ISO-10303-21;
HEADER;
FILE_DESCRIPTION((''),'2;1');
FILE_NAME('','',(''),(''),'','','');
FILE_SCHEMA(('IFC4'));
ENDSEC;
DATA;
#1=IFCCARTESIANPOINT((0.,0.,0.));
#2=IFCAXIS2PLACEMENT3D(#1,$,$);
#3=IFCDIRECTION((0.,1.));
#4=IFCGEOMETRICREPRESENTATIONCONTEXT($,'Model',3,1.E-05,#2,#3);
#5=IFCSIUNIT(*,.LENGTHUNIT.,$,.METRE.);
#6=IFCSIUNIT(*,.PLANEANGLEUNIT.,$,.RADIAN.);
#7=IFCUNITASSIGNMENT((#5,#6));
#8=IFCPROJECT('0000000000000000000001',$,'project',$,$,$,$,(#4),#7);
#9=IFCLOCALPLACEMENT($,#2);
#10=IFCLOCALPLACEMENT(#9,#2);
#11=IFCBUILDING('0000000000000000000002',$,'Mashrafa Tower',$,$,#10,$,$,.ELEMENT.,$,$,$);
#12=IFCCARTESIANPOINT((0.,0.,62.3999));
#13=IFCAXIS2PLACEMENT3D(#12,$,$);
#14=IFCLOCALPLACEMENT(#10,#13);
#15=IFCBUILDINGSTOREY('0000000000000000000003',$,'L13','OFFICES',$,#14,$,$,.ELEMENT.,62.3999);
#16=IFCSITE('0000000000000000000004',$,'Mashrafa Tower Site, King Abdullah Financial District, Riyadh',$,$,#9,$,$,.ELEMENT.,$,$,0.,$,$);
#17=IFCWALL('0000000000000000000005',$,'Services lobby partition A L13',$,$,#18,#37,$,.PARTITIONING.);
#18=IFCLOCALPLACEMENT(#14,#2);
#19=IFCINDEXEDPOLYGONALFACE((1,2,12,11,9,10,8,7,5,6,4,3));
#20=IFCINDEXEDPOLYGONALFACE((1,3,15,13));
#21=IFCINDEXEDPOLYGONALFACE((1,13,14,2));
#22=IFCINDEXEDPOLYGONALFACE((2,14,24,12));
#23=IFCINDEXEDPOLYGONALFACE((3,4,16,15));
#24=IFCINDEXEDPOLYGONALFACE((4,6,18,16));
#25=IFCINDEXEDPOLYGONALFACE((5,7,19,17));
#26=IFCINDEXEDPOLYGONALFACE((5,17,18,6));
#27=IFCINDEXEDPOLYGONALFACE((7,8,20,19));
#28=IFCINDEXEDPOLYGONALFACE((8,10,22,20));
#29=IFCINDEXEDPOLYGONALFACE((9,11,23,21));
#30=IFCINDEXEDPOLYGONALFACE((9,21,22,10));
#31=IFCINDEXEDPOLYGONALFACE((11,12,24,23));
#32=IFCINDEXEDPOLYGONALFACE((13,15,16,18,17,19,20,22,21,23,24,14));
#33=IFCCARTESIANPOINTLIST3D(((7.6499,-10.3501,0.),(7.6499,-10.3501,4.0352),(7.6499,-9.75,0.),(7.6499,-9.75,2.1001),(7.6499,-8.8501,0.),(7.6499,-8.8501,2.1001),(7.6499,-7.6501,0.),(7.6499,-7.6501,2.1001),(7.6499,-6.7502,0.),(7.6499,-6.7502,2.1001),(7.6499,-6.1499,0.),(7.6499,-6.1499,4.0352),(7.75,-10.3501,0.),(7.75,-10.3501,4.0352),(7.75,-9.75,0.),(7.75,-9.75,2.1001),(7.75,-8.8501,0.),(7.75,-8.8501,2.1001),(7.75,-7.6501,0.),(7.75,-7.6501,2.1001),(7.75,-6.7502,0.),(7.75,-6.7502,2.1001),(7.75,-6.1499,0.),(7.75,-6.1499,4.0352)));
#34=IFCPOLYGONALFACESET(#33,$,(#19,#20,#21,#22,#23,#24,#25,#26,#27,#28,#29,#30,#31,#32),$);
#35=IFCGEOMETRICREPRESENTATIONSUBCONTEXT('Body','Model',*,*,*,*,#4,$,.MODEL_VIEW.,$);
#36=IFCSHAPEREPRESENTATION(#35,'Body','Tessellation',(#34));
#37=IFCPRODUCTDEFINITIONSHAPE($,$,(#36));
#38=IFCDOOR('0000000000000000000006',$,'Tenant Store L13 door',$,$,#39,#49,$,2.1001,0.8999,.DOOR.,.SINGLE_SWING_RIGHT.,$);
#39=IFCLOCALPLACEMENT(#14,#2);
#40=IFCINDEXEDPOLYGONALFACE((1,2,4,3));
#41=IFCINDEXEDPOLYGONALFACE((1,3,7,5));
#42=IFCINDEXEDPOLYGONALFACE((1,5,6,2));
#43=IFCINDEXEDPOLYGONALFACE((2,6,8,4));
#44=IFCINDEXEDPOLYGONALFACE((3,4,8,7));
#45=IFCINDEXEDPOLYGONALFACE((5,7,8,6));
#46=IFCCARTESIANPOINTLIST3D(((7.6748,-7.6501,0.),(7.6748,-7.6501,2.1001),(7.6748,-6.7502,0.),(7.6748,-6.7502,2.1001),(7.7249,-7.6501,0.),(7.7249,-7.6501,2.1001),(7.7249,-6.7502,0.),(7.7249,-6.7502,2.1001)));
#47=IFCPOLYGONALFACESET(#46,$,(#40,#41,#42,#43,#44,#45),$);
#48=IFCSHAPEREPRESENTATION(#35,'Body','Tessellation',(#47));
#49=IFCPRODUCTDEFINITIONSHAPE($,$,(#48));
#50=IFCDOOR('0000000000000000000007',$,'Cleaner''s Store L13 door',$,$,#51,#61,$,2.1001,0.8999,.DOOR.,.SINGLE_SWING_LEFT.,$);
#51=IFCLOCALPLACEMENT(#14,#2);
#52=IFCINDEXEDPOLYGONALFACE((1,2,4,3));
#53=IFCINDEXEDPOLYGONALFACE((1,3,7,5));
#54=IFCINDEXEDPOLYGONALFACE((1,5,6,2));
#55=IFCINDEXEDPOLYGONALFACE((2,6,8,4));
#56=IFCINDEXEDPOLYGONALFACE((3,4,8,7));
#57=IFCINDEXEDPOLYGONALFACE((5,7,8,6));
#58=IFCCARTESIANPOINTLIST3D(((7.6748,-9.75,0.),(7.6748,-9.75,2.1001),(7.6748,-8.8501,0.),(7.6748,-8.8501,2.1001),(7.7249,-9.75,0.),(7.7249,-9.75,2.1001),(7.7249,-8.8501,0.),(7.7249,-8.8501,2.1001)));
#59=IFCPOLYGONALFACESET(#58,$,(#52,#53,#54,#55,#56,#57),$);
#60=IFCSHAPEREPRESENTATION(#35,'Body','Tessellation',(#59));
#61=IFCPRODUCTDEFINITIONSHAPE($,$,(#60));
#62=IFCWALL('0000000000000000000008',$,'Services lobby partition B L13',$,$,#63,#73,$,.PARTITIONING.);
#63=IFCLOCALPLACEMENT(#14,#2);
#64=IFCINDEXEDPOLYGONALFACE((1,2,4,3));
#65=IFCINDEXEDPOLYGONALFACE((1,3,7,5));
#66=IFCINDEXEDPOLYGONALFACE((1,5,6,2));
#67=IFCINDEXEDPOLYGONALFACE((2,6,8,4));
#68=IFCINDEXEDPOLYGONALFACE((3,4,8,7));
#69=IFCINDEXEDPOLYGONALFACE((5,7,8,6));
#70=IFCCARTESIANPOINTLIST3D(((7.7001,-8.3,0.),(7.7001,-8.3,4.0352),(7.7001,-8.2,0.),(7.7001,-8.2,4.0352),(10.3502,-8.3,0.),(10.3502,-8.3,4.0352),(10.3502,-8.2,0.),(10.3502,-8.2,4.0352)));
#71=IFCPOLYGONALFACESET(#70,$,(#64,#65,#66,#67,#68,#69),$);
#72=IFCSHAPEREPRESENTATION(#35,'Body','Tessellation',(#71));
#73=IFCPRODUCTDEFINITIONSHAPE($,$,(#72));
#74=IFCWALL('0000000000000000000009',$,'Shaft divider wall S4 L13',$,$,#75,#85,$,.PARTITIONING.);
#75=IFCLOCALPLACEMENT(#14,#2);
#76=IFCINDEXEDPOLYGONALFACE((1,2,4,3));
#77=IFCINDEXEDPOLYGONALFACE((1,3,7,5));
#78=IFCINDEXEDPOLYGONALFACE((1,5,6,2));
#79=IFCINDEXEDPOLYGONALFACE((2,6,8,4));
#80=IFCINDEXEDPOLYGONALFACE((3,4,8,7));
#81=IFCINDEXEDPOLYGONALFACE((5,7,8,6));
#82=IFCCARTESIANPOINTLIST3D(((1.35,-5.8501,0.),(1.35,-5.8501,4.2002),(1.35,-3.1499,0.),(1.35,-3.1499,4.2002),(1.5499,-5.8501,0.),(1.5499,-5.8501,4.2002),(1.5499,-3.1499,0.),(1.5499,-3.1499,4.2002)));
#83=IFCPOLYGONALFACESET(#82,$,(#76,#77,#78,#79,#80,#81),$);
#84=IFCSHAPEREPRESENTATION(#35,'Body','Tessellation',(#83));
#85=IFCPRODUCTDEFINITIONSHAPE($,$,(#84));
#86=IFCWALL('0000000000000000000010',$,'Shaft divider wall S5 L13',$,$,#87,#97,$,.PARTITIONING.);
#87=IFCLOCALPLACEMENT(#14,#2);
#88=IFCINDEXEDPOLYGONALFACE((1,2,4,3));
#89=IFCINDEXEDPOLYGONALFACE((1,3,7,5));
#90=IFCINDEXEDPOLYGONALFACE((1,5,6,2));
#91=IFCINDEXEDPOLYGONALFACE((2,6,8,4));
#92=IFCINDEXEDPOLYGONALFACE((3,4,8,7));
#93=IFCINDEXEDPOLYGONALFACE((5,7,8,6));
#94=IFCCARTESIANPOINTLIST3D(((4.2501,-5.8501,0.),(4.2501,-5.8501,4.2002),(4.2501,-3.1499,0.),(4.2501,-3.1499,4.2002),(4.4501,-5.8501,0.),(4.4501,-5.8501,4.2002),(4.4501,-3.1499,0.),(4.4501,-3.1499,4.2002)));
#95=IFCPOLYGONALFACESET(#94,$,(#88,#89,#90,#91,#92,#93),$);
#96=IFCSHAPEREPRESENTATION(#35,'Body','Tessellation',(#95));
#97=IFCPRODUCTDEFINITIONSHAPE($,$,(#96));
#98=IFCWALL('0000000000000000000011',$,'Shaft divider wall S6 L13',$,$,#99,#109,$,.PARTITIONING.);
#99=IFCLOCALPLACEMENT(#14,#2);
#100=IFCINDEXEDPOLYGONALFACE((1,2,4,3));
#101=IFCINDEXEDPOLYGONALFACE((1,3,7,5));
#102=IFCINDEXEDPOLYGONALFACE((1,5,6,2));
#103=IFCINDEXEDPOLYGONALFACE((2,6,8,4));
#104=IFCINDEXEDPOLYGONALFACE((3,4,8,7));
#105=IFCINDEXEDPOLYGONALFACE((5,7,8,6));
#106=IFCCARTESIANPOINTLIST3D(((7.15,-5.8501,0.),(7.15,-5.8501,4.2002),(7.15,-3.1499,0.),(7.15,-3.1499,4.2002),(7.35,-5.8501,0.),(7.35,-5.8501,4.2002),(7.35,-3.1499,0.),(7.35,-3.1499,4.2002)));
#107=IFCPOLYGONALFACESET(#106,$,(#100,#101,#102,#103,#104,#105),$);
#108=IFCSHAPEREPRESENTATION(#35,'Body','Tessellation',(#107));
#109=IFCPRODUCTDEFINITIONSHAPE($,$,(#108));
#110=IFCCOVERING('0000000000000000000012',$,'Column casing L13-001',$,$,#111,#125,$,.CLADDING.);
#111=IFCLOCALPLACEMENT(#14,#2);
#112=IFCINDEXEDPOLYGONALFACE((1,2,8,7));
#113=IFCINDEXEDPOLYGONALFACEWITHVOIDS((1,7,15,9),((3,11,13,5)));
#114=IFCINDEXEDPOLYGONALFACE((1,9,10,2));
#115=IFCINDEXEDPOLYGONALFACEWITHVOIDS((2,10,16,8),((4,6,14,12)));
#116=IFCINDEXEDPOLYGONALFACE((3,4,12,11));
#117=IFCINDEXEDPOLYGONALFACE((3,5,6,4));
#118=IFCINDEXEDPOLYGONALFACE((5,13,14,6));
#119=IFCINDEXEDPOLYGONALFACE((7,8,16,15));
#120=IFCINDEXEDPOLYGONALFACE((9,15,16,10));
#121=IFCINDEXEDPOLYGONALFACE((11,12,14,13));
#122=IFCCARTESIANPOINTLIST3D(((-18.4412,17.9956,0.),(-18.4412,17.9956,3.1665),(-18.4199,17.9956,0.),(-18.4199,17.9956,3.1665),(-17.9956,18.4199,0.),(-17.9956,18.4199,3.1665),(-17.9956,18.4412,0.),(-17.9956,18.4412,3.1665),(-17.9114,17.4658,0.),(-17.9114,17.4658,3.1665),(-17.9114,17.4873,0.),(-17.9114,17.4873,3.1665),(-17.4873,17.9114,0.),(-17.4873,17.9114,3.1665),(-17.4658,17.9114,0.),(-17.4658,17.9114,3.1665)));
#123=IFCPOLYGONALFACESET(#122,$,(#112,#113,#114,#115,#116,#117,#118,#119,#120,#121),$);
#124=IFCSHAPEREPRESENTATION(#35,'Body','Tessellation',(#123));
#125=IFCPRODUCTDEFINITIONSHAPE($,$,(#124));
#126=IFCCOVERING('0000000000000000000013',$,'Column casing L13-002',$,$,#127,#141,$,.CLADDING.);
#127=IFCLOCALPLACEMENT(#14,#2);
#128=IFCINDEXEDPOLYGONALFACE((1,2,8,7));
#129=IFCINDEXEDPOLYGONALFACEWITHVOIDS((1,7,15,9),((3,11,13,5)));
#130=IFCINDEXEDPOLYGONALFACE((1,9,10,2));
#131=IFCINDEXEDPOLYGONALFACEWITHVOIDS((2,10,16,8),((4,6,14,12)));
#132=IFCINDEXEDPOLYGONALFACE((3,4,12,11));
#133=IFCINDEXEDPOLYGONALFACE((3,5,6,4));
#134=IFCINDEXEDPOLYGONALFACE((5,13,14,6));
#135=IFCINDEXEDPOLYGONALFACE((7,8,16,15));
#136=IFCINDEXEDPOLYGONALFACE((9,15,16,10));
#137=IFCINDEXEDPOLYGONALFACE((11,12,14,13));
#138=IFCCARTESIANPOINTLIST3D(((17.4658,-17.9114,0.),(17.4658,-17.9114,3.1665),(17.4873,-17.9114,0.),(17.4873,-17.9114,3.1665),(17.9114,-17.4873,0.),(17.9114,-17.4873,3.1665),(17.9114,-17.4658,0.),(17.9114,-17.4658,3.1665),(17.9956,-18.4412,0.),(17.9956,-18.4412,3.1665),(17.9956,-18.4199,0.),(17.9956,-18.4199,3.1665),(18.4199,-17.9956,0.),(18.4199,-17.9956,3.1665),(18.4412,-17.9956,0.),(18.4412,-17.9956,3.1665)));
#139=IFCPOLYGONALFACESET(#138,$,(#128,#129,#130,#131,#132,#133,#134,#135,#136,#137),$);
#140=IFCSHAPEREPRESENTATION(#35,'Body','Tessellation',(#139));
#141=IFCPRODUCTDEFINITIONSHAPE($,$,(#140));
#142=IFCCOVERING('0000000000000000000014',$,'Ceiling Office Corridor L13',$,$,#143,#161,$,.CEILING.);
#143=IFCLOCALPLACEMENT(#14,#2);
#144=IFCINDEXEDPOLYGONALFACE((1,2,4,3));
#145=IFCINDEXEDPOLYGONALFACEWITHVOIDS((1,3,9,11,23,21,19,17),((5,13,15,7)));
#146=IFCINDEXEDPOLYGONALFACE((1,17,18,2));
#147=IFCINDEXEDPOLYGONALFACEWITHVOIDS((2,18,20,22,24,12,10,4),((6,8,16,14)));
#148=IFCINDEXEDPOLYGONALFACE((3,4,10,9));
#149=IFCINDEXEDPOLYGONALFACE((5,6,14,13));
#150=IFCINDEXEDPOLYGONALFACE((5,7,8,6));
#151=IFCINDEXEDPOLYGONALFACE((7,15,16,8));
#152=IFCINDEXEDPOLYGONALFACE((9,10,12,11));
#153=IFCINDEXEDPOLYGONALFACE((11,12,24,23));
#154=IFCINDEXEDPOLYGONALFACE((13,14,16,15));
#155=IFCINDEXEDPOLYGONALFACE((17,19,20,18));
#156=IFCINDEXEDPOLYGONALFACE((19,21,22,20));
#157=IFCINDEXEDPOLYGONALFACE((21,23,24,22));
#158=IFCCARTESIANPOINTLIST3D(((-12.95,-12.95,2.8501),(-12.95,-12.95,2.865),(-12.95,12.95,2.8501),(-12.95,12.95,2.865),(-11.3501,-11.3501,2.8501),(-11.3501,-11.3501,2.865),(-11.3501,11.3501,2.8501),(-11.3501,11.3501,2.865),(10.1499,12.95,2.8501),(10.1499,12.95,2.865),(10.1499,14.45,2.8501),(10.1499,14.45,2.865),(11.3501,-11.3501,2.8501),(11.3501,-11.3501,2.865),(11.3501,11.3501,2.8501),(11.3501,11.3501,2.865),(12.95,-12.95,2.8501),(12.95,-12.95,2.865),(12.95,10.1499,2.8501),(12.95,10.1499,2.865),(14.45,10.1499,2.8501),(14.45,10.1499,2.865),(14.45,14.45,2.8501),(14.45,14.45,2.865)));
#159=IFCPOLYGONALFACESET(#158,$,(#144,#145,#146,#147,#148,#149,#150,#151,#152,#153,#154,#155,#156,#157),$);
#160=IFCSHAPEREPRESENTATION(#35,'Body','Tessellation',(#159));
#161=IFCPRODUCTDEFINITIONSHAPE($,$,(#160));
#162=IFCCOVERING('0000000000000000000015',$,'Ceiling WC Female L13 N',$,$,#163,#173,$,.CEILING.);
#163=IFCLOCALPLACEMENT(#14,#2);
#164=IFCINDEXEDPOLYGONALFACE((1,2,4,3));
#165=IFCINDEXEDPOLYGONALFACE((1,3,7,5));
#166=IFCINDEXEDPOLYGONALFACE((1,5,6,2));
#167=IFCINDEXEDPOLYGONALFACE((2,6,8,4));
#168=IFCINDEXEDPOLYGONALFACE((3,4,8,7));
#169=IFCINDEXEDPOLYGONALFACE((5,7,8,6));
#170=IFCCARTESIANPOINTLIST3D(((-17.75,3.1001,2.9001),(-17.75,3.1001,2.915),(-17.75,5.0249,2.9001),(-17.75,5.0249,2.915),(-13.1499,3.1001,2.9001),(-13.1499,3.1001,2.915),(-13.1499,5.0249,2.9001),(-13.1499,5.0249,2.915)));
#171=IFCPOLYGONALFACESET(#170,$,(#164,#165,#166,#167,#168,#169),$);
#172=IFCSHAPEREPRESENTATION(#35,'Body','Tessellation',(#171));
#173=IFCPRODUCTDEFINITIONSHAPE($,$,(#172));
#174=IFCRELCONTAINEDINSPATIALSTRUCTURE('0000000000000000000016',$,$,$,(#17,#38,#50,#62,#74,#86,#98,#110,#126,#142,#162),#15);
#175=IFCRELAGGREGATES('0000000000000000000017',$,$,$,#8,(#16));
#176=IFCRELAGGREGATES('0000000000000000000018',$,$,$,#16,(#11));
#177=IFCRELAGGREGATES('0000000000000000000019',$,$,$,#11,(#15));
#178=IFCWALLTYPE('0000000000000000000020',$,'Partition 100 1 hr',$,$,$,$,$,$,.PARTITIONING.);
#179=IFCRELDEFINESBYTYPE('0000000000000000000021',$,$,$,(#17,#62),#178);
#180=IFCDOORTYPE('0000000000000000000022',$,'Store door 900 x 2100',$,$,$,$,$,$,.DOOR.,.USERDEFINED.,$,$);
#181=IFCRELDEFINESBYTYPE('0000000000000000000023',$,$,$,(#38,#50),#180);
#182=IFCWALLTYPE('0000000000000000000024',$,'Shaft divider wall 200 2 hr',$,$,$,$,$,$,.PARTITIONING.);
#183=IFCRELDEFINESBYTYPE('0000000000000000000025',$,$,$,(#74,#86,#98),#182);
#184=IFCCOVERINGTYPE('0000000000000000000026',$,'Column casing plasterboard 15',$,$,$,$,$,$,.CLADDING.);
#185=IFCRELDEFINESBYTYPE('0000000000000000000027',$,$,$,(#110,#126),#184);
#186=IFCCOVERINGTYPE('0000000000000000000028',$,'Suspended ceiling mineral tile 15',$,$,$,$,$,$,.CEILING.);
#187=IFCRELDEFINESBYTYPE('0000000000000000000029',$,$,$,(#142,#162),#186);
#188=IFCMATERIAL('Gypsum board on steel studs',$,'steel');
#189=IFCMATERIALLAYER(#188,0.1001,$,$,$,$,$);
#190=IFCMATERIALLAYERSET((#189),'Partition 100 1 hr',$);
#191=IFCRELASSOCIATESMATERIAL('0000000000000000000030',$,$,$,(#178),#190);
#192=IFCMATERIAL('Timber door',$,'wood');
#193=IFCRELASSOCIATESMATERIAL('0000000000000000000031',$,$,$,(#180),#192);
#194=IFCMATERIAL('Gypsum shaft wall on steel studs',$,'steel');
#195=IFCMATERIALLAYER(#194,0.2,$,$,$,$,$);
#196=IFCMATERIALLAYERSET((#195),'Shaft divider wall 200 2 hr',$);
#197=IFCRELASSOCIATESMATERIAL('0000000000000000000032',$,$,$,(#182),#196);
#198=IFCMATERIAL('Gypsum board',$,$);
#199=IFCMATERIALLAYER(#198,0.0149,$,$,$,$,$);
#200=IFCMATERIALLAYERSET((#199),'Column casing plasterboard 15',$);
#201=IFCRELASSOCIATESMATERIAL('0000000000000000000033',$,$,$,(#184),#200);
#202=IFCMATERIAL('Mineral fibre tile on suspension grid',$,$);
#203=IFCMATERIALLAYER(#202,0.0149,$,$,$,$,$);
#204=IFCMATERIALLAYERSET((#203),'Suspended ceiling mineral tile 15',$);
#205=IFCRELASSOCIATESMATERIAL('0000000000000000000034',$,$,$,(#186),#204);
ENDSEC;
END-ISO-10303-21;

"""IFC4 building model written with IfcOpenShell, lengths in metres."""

from ifc_helpers import new_model, si_unit, direction, frame, frame_2d, origin, place, context, subcontext, project, spatial, polyline, rectangle, outline, extrude, material, layer, layer_set, type_object, element, fill, save


model = new_model("IFC4")

# Units and contexts
model_context = context("Model", 3, precision=1e-05, world=origin(), true_north=direction((0.0, 1.0)))
body_context = subcontext(model_context, "Body", "Model", "MODEL_VIEW")
ifc_project = project(units=[si_unit("LENGTHUNIT", "METRE"), si_unit("PLANEANGLEUNIT", "RADIAN")], contexts=[model_context])

# Site, building, storey
site_placement = place(None, origin())
site = spatial("IfcSite", under=ifc_project, at=site_placement, Name="Mashrafa Tower Site, King Abdullah Financial District, Riyadh", CompositionType="ELEMENT", RefElevation=0.0)
building_placement = place(site_placement, origin())
building = spatial("IfcBuilding", under=site, at=building_placement, Name="Mashrafa Tower", CompositionType="ELEMENT")
storey_placement = place(building_placement, frame((0.0, 0.0, 62.3999)))
storey = spatial("IfcBuildingStorey", under=building, at=storey_placement, Name="L13", Description="OFFICES", CompositionType="ELEMENT", Elevation=62.3999)

# Wall, openings, doors
ifc_material_1 = material(Name="Gypsum board on steel studs", Category="steel")
ifc_layer_1 = layer(ifc_material_1, 0.1001)
ifc_layer_set_1 = layer_set([ifc_layer_1], Name="Partition 100 1 hr")
wall_type_1 = type_object("IfcWallType", Name="Partition 100 1 hr", PredefinedType="PARTITIONING", material=ifc_layer_set_1)
wall_1_placement = place(storey_placement, frame((7.7, -10.3501, 0.0), z_axis=(0.0, 0.0, 1.0), x_axis=(0.0, 1.0, 0.0)))
wall_1 = element("IfcWall", 1, at=wall_1_placement, inside=storey, type_object=wall_type_1, Name="Services lobby partition A L13", PredefinedType="PARTITIONING", context=body_context, shape_type="SweptSolid", body=[
    extrude(rectangle(XDim=4.2002, YDim=0.1001, at=frame_2d((2.1001, 0.0))), origin(), (0.0, 0.0, 1.0), 4.0352),
])
opening_1_placement = place(wall_1_placement, frame((2.7, 0.0, 0.0)))
opening_1 = element("IfcOpeningElement", 2, at=opening_1_placement, cuts=wall_1, PredefinedType="OPENING", context=body_context, shape_type="SweptSolid", body=[
    extrude(rectangle(XDim=0.8999, YDim=2.1001, at=frame_2d((0.45, 1.05))), frame((0.0, 0.0601, 0.0), z_axis=(0.0, -1.0, 0.0), x_axis=(1.0, 0.0, 0.0)), (0.0, 0.0, 1.0), 0.1201),
])
opening_2_placement = place(wall_1_placement, frame((0.6001, 0.0, 0.0)))
opening_2 = element("IfcOpeningElement", 3, at=opening_2_placement, cuts=wall_1, PredefinedType="OPENING", context=body_context, shape_type="SweptSolid", body=[
    extrude(rectangle(XDim=0.8999, YDim=2.1001, at=frame_2d((0.45, 1.05))), frame((0.0, 0.0601, 0.0), z_axis=(0.0, -1.0, 0.0), x_axis=(1.0, 0.0, 0.0)), (0.0, 0.0, 1.0), 0.1201),
])
ifc_material_2 = material(Name="Timber door", Category="wood")
door_type_1 = type_object("IfcDoorType", Name="Store door 900 x 2100", OperationType="USERDEFINED", PredefinedType="DOOR", material=ifc_material_2)
door_1_placement = place(opening_1_placement, frame((0.8999, 0.0, 0.0), z_axis=(0.0, 0.0, 1.0), x_axis=(-1.0, 0.0, 0.0)))
door_1 = element("IfcDoor", 4, at=door_1_placement, inside=storey, type_object=door_type_1, Name="Tenant Store L13 door", OperationType="SINGLE_SWING_RIGHT", OverallHeight=2.1001, OverallWidth=0.8999, PredefinedType="DOOR", context=body_context, shape_type="SweptSolid", body=[
    extrude(rectangle(XDim=0.8999, YDim=2.1001, at=frame_2d((0.45, 1.05))), frame((0.0, 0.0249, 0.0), z_axis=(0.0, -1.0, 0.0), x_axis=(1.0, 0.0, 0.0)), (0.0, 0.0, 1.0), 0.05),
])
fill(opening_1, door_1)
door_2_placement = place(opening_2_placement, frame((0.8999, 0.0, 0.0), z_axis=(0.0, 0.0, 1.0), x_axis=(-1.0, 0.0, 0.0)))
door_2 = element("IfcDoor", 5, at=door_2_placement, inside=storey, type_object=door_type_1, Name="Cleaner's Store L13 door", OperationType="SINGLE_SWING_LEFT", OverallHeight=2.1001, OverallWidth=0.8999, PredefinedType="DOOR", context=body_context, shape_type="SweptSolid", body=[
    extrude(rectangle(XDim=0.8999, YDim=2.1001, at=frame_2d((0.45, 1.05))), frame((0.0, 0.0249, 0.0), z_axis=(0.0, -1.0, 0.0), x_axis=(1.0, 0.0, 0.0)), (0.0, 0.0, 1.0), 0.05),
])
fill(opening_2, door_2)

# Walls
wall_2_placement = place(storey_placement, frame((7.7, -8.25, 0.0), z_axis=(0.0, 0.0, 1.0), x_axis=(1.0, 0.0, 0.0)))
element("IfcWall", 6, at=wall_2_placement, inside=storey, type_object=wall_type_1, Name="Services lobby partition B L13", PredefinedType="PARTITIONING", context=body_context, shape_type="SweptSolid", body=[
    extrude(rectangle(XDim=2.6501, YDim=0.1001, at=frame_2d((1.3252, 0.0))), origin(), (0.0, 0.0, 1.0), 4.0352),
])
ifc_material_3 = material(Name="Gypsum shaft wall on steel studs", Category="steel")
ifc_layer_2 = layer(ifc_material_3, 0.2)
ifc_layer_set_2 = layer_set([ifc_layer_2], Name="Shaft divider wall 200 2 hr")
wall_type_2 = type_object("IfcWallType", Name="Shaft divider wall 200 2 hr", PredefinedType="PARTITIONING", material=ifc_layer_set_2)
for number, where, z_axis, x_axis, name in (
    (7, (1.45, -5.8501, 0.0), (0.0, 0.0, 1.0), (0.0, 1.0, 0.0), "Shaft divider wall S4 L13"),
    (8, (4.3501, -5.8501, 0.0), (0.0, 0.0, 1.0), (0.0, 1.0, 0.0), "Shaft divider wall S5 L13"),
    (9, (7.25, -5.8501, 0.0), (0.0, 0.0, 1.0), (0.0, 1.0, 0.0), "Shaft divider wall S6 L13"),
):
    element("IfcWall", number, at=place(storey_placement, frame(where, z_axis=z_axis, x_axis=x_axis)), inside=storey, type_object=wall_type_2, Name=name, PredefinedType="PARTITIONING", context=body_context, shape_type="SweptSolid", body=[
        extrude(rectangle(XDim=2.7002, YDim=0.2, at=frame_2d((1.3501, 0.0))), origin(), (0.0, 0.0, 1.0), 4.2002),
    ])

# Coverings
ifc_material_4 = material(Name="Gypsum board")
ifc_layer_3 = layer(ifc_material_4, 0.0149)
ifc_layer_set_3 = layer_set([ifc_layer_3], Name="Column casing plasterboard 15")
covering_type_1 = type_object("IfcCoveringType", Name="Column casing plasterboard 15", PredefinedType="CLADDING", material=ifc_layer_set_3)
covering_1_placement = place(storey_placement, origin())
element("IfcCovering", 10, at=covering_1_placement, inside=storey, type_object=covering_type_1, Name="Column casing L13-001", PredefinedType="CLADDING", context=body_context, shape_type="SweptSolid", body=[
    extrude(outline(polyline([(-18.4412, 17.9956), (-17.9956, 18.4412), (-17.4658, 17.9114), (-17.9114, 17.4658), (-18.4412, 17.9956)]), holes=[polyline([(-17.4873, 17.9114), (-17.9956, 18.4199), (-18.4199, 17.9956), (-17.9114, 17.4873), (-17.4873, 17.9114)])]), origin(), (0.0, 0.0, 1.0), 3.1665),
])
covering_2_placement = place(storey_placement, origin())
element("IfcCovering", 11, at=covering_2_placement, inside=storey, type_object=covering_type_1, Name="Column casing L13-002", PredefinedType="CLADDING", context=body_context, shape_type="SweptSolid", body=[
    extrude(outline(polyline([(17.4658, -17.9114), (17.9114, -17.4658), (18.4412, -17.9956), (17.9956, -18.4412), (17.4658, -17.9114)]), holes=[polyline([(18.4199, -17.9956), (17.9114, -17.4873), (17.4873, -17.9114), (17.9956, -18.4199), (18.4199, -17.9956)])]), origin(), (0.0, 0.0, 1.0), 3.1665),
])
ifc_material_5 = material(Name="Mineral fibre tile on suspension grid")
ifc_layer_4 = layer(ifc_material_5, 0.0149)
ifc_layer_set_4 = layer_set([ifc_layer_4], Name="Suspended ceiling mineral tile 15")
covering_type_2 = type_object("IfcCoveringType", Name="Suspended ceiling mineral tile 15", PredefinedType="CEILING", material=ifc_layer_set_4)
covering_3_placement = place(storey_placement, frame((0.0, 0.0, 2.8501)))
element("IfcCovering", 12, at=covering_3_placement, inside=storey, type_object=covering_type_2, Name="Ceiling Office Corridor L13", PredefinedType="CEILING", context=body_context, shape_type="SweptSolid", body=[
    extrude(outline(polyline([(-12.95, -12.95), (-12.95, 12.95), (10.1499, 12.95), (10.1499, 14.45), (14.45, 14.45), (14.45, 10.1499), (12.95, 10.1499), (12.95, -12.95), (-12.95, -12.95)]), holes=[polyline([(11.3501, 11.3501), (-11.3501, 11.3501), (-11.3501, -11.3501), (11.3501, -11.3501), (11.3501, 11.3501)])]), origin(), (0.0, 0.0, 1.0), 0.0149),
])
covering_4_placement = place(storey_placement, frame((0.0, 0.0, 2.9001)))
element("IfcCovering", 13, at=covering_4_placement, inside=storey, type_object=covering_type_2, Name="Ceiling WC Female L13 N", PredefinedType="CEILING", context=body_context, shape_type="SweptSolid", body=[
    extrude(outline(polyline([(-17.75, 3.1001), (-17.75, 5.0249), (-13.1499, 5.0249), (-13.1499, 3.1001), (-17.75, 3.1001)])), origin(), (0.0, 0.0, 1.0), 0.0149),
])

save(model, "model.ifc")
